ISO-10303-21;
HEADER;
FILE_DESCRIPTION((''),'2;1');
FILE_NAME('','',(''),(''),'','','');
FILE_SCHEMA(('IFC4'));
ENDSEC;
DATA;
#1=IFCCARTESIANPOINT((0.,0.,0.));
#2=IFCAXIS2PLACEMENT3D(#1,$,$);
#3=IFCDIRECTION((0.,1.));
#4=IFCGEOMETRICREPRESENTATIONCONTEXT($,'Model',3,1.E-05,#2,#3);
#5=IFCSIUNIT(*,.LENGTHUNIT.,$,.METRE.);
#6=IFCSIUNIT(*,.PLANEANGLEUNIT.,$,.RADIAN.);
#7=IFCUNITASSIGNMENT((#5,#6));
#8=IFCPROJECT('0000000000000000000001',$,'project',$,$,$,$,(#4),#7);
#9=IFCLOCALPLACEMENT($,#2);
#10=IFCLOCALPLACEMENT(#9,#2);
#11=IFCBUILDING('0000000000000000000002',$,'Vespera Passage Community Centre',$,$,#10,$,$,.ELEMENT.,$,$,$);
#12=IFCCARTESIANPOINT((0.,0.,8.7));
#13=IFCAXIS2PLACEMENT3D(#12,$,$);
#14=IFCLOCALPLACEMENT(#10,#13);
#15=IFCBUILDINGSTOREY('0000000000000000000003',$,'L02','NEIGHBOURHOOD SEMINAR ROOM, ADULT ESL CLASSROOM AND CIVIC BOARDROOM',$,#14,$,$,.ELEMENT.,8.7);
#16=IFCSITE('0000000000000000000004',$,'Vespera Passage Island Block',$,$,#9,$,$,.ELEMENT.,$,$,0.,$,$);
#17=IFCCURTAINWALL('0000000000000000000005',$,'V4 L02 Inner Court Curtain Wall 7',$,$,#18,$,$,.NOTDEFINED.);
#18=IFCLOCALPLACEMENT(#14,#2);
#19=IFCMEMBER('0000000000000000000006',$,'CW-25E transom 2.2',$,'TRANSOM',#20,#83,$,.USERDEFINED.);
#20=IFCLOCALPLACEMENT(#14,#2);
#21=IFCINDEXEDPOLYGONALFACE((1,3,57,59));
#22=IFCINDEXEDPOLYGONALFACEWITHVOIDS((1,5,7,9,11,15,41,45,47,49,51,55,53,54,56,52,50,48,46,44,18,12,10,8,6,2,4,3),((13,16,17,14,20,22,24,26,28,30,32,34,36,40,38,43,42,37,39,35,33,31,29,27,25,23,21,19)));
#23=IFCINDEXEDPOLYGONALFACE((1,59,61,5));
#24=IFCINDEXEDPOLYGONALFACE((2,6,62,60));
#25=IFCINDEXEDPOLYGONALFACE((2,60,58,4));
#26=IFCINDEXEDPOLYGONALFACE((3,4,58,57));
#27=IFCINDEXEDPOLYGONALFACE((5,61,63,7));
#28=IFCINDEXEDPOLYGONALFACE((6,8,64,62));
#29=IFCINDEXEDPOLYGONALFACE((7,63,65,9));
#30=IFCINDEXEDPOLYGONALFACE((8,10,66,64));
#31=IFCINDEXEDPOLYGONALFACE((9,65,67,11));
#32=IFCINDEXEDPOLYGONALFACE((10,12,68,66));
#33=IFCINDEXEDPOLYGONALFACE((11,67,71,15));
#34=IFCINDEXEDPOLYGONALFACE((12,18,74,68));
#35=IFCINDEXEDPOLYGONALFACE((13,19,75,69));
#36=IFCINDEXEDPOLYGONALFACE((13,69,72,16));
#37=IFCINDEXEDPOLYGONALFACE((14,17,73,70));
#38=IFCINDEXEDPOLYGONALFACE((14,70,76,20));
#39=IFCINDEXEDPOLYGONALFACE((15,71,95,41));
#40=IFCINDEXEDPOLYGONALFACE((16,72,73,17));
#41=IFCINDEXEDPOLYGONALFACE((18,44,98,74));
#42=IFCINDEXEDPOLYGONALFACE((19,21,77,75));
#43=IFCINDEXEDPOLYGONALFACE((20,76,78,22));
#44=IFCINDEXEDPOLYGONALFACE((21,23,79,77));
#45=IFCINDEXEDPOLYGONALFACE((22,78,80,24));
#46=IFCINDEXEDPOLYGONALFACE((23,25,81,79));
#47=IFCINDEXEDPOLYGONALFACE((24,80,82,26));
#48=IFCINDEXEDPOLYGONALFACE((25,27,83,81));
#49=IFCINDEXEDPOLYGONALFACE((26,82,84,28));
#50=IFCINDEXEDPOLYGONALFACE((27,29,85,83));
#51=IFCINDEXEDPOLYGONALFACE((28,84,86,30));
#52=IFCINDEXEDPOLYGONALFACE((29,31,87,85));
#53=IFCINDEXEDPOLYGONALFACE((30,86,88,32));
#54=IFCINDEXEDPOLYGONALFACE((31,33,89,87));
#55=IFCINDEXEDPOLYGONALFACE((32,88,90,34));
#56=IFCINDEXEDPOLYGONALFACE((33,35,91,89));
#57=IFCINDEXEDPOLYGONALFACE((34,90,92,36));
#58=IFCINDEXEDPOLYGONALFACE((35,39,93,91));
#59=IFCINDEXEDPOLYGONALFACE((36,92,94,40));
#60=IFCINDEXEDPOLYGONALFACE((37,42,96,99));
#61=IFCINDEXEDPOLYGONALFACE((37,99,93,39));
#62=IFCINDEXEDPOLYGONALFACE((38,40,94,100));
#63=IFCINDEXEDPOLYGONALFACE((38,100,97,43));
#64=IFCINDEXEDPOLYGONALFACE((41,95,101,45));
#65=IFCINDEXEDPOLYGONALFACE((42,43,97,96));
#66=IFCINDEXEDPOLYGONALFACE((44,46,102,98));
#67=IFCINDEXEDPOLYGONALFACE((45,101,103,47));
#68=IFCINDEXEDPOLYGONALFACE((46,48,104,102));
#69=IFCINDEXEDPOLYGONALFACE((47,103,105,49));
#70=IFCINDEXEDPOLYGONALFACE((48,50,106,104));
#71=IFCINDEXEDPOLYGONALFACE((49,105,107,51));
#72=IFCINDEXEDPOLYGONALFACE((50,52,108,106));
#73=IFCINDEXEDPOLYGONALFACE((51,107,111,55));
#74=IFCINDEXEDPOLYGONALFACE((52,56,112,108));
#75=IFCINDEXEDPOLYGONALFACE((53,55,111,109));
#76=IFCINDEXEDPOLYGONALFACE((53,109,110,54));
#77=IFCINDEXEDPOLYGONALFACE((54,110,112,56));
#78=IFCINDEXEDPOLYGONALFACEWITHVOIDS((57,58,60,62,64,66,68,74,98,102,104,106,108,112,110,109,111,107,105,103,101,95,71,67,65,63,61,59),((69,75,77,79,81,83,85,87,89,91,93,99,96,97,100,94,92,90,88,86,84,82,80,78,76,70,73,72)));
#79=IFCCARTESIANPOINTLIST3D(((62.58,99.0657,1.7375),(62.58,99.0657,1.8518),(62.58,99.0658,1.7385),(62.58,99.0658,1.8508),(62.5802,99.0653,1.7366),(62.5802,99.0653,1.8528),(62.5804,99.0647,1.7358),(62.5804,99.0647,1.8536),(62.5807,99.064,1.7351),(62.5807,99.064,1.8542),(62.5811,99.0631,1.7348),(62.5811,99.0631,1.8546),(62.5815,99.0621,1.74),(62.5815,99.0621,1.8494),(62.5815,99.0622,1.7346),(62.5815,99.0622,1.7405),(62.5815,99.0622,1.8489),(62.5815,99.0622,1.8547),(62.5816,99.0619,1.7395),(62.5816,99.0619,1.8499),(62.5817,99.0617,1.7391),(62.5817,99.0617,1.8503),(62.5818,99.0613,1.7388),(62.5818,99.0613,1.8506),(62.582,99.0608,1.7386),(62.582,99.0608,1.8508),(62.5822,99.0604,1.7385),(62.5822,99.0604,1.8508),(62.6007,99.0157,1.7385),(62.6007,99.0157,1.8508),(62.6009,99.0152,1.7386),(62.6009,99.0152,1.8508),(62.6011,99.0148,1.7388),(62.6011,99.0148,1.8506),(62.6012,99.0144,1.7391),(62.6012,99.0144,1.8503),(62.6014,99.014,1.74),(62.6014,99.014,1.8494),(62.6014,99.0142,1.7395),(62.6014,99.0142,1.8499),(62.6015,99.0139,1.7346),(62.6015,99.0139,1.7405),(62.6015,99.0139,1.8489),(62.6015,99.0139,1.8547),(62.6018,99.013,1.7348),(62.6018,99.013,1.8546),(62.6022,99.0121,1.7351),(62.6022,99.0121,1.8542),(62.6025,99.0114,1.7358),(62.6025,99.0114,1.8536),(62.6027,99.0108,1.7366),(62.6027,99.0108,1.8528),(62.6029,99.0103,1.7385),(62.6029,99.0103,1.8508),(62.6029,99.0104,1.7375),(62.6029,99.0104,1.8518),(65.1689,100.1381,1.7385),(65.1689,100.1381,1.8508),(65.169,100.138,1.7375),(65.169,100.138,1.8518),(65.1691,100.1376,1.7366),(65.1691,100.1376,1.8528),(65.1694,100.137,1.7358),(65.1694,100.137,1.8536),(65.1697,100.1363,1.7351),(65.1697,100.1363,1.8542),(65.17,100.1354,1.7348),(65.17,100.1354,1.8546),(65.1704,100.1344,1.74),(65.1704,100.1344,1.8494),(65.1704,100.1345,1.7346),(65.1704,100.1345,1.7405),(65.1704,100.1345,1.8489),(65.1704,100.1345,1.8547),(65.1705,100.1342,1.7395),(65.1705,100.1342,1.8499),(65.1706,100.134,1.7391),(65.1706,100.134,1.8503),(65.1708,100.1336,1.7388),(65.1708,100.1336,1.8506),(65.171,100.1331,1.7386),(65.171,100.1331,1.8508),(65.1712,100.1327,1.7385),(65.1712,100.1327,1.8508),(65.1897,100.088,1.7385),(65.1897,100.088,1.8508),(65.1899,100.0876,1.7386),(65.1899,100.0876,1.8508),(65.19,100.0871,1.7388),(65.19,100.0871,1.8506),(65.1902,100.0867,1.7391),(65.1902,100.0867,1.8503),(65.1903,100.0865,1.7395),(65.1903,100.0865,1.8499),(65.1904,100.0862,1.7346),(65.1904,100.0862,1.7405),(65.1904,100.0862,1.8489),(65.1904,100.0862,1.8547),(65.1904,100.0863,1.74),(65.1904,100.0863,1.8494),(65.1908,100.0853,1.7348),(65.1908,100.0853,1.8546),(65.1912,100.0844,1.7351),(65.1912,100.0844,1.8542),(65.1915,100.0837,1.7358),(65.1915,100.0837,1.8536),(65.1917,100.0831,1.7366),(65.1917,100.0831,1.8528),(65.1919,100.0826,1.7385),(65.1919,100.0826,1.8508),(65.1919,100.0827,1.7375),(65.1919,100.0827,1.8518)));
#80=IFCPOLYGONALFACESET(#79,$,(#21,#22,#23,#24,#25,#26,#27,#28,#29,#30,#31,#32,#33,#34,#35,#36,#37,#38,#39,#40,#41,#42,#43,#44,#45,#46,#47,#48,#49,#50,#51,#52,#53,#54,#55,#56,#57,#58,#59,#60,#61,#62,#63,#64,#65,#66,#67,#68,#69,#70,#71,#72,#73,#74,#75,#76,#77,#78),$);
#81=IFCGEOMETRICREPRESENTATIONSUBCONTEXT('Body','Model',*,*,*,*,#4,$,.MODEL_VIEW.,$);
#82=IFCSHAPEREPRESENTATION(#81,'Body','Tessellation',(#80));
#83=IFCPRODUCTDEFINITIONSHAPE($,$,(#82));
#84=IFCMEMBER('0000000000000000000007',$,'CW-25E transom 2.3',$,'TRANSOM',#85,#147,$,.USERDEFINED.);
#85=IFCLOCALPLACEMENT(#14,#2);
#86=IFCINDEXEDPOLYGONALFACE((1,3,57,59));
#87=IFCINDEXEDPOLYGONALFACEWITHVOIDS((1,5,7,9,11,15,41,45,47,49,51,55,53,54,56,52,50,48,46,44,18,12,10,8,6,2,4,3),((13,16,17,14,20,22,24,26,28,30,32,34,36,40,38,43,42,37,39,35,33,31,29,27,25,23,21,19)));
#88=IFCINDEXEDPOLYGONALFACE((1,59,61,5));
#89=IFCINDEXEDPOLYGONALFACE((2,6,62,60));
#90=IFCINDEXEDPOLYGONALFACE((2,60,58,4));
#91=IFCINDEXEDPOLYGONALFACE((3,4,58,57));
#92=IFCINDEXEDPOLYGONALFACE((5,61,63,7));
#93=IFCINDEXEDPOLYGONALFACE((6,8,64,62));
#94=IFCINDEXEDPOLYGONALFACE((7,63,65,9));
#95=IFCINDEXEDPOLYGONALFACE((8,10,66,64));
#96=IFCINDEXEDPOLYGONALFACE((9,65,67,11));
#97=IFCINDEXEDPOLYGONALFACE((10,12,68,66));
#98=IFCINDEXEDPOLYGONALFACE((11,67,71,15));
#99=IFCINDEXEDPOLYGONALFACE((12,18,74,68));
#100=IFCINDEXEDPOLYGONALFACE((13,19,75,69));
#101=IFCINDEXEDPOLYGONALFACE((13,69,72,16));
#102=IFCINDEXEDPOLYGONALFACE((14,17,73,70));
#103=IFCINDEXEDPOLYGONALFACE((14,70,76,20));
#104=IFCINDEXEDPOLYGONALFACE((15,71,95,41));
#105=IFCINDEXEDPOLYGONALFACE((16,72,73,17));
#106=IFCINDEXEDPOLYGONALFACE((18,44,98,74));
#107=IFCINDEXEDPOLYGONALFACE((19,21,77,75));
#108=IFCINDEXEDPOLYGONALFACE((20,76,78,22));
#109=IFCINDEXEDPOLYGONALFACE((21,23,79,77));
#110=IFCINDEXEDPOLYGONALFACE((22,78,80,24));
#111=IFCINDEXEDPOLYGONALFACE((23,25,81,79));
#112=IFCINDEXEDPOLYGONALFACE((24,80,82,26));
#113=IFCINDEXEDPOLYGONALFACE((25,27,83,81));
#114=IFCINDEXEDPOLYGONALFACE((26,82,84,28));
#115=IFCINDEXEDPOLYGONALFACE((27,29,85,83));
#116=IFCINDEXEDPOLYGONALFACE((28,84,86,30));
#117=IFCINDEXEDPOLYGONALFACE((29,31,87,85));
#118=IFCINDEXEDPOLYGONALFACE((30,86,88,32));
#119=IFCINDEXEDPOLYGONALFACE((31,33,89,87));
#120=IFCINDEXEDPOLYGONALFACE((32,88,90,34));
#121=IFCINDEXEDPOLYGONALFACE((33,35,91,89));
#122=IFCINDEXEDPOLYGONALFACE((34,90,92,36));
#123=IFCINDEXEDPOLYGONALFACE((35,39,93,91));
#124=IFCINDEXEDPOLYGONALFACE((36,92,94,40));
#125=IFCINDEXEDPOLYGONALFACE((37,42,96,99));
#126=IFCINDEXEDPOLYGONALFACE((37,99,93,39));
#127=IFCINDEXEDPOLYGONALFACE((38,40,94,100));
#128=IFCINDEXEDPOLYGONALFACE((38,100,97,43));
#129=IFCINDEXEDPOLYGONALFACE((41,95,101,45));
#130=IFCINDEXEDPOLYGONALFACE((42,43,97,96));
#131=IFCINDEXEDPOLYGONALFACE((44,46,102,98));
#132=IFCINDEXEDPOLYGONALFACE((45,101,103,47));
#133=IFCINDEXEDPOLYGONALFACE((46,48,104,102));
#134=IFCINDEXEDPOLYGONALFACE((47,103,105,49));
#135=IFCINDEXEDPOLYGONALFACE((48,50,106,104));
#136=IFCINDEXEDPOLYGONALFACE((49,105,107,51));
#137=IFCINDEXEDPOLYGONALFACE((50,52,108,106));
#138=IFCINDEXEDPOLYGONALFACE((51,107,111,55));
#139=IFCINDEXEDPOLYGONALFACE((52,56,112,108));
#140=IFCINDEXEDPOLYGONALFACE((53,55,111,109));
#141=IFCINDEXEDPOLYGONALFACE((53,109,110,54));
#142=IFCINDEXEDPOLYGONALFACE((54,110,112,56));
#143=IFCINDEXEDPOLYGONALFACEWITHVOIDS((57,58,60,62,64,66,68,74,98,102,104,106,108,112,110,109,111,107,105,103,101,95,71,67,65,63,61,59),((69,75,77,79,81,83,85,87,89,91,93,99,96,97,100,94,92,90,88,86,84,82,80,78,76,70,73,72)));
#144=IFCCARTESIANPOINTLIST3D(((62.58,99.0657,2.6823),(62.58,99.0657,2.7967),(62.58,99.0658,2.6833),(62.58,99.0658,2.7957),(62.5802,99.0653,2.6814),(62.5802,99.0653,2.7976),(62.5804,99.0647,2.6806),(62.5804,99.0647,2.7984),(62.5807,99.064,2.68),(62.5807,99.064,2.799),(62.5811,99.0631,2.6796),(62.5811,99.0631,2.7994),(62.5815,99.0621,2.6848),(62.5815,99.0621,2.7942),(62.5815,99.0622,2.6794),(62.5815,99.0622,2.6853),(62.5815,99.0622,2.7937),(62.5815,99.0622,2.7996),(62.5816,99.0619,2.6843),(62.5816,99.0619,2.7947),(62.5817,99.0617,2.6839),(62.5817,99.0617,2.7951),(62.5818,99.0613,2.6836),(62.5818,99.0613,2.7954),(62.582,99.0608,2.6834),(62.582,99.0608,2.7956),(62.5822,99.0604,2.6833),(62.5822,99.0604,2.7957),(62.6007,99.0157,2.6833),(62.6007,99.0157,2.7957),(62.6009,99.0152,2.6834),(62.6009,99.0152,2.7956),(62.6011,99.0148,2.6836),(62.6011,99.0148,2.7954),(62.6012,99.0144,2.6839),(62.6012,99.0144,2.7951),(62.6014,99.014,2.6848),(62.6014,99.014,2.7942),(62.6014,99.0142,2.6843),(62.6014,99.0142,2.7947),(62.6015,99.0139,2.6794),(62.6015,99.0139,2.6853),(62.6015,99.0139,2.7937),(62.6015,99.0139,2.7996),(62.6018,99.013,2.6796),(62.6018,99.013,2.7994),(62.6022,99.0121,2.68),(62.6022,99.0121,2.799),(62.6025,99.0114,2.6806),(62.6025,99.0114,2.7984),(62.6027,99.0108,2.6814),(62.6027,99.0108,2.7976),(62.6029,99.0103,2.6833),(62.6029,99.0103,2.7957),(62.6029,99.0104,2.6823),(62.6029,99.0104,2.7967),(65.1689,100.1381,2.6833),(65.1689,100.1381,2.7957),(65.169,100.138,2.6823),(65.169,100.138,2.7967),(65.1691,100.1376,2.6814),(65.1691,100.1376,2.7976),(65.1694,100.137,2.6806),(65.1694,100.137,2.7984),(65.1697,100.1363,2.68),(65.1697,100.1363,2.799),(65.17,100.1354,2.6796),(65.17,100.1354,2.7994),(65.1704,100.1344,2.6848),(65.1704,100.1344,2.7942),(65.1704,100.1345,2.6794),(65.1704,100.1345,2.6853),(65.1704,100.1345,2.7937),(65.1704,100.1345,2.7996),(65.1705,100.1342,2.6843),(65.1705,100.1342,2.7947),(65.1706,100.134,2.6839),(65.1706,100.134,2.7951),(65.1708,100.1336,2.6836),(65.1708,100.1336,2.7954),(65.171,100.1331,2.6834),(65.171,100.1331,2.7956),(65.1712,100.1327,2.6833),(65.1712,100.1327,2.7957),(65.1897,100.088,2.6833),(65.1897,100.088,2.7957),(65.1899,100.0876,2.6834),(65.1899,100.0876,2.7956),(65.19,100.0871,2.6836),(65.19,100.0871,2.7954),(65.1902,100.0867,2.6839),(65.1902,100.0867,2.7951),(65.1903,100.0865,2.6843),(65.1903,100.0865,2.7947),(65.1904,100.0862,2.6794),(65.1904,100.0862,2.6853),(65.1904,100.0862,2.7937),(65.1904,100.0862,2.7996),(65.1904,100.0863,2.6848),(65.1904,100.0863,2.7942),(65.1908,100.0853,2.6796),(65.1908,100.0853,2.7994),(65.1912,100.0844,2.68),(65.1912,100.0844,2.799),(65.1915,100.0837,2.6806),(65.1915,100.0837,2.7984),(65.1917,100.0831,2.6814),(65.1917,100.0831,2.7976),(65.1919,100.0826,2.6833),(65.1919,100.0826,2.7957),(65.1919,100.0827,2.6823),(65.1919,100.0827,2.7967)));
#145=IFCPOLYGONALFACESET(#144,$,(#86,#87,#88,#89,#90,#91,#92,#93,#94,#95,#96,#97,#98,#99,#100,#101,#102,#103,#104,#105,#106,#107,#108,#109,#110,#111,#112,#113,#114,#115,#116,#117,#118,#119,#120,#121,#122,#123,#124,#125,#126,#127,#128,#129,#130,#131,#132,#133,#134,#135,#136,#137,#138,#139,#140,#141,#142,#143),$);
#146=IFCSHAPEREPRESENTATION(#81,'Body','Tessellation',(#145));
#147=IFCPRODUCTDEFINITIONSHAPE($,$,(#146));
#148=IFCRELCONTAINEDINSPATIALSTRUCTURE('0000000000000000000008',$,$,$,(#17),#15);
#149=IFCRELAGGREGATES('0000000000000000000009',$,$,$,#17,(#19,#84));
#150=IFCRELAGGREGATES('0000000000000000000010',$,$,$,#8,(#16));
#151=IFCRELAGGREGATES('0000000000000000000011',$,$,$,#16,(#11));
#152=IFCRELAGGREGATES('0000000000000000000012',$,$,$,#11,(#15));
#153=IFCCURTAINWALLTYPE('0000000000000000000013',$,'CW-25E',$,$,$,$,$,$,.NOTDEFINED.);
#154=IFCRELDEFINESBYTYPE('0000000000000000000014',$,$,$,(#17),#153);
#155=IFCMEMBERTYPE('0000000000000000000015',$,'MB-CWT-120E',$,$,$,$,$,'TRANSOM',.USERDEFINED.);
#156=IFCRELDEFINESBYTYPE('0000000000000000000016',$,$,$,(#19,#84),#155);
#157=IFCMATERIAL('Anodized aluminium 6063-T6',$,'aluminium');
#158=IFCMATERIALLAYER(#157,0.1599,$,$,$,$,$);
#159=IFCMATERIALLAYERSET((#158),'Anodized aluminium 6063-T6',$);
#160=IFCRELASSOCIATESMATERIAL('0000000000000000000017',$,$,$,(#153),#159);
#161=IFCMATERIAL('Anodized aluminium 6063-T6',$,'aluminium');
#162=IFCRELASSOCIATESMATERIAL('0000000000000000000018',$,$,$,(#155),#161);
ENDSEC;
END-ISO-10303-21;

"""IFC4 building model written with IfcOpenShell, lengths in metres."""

from ifc_helpers import new_model, si_unit, direction, frame, origin, origin_2d, place, context, subcontext, project, spatial, hollow_rectangle, extrude, material, layer, layer_set, material_profile, profile_set, type_object, element, aggregate, save


model = new_model("IFC4")

# Units and contexts
model_context = context("Model", 3, precision=1e-05, world=origin(), true_north=direction((0.0, 1.0)))
body_context = subcontext(model_context, "Body", "Model", "MODEL_VIEW")
ifc_project = project(units=[si_unit("LENGTHUNIT", "METRE"), si_unit("PLANEANGLEUNIT", "RADIAN")], contexts=[model_context])

# Site, building, storey
site_placement = place(None, origin())
site = spatial("IfcSite", under=ifc_project, at=site_placement, Name="Vespera Passage Island Block", CompositionType="ELEMENT", RefElevation=0.0)
building_placement = place(site_placement, origin())
building = spatial("IfcBuilding", under=site, at=building_placement, Name="Vespera Passage Community Centre", CompositionType="ELEMENT")
storey_placement = place(building_placement, frame((0.0, 0.0, 8.7)))
storey = spatial("IfcBuildingStorey", under=building, at=storey_placement, Name="L02", Description="NEIGHBOURHOOD SEMINAR ROOM, ADULT ESL CLASSROOM AND CIVIC BOARDROOM", CompositionType="ELEMENT", Elevation=8.7)

# Curtain wall
ifc_material_1 = material(Name="Anodized aluminium 6063-T6", Category="aluminium")
ifc_layer_1 = layer(ifc_material_1, 0.1599)
ifc_layer_set_1 = layer_set([ifc_layer_1], Name="Anodized aluminium 6063-T6")
curtain_wall_type_1 = type_object("IfcCurtainWallType", Name="CW-25E", PredefinedType="NOTDEFINED", material=ifc_layer_set_1)
curtain_wall_1_placement = place(storey_placement, origin())
curtain_wall_1 = element("IfcCurtainWall", 1, at=curtain_wall_1_placement, inside=storey, type_object=curtain_wall_type_1, Name="V4 L02 Inner Court Curtain Wall 7", PredefinedType="NOTDEFINED")

# Members
ifc_material_2 = material(Name="Anodized aluminium 6063-T6", Category="aluminium")
ifc_material_profile_1 = material_profile(ifc_material_2, hollow_rectangle(XDim=0.0601, YDim=0.1201, WallThickness=0.0039, InnerFilletRadius=0.002, OuterFilletRadius=0.0039, at=origin_2d()), Name="ALU120X60X4")
ifc_profile_set_1 = profile_set([ifc_material_profile_1], Name="Anodized aluminium 6063-T6")
member_type_1 = type_object("IfcMemberType", Name="MB-CWT-120E", ElementType="TRANSOM", PredefinedType="USERDEFINED", material=ifc_profile_set_1)
member_1_placement = place(storey_placement, frame((65.1804, 100.1104, 1.7947), z_axis=(-0.923889, -0.38266, 0.0), x_axis=(0.38266, -0.923889, 0.0)))
member_1 = element("IfcMember", 2, at=member_1_placement, type_object=member_type_1, Name="CW-25E transom 2.2", ObjectType="TRANSOM", PredefinedType="USERDEFINED", context=body_context, shape_type="SweptSolid", body=[
    extrude(hollow_rectangle(XDim=0.0601, YDim=0.1201, WallThickness=0.0039, InnerFilletRadius=0.002, OuterFilletRadius=0.0039, at=origin_2d()), origin(), (0.0, 0.0, 1.0), 2.8022),
])
member_2_placement = place(storey_placement, frame((65.1804, 100.1104, 2.7395), z_axis=(-0.923889, -0.38266, 0.0), x_axis=(0.38266, -0.923889, 0.0)))
member_2 = element("IfcMember", 3, at=member_2_placement, type_object=member_type_1, Name="CW-25E transom 2.3", ObjectType="TRANSOM", PredefinedType="USERDEFINED", context=body_context, shape_type="SweptSolid", body=[
    extrude(hollow_rectangle(XDim=0.0601, YDim=0.1201, WallThickness=0.0039, InnerFilletRadius=0.002, OuterFilletRadius=0.0039, at=origin_2d()), origin(), (0.0, 0.0, 1.0), 2.8022),
])

aggregate(curtain_wall_1, [member_1, member_2])

save(model, "model.ifc")
